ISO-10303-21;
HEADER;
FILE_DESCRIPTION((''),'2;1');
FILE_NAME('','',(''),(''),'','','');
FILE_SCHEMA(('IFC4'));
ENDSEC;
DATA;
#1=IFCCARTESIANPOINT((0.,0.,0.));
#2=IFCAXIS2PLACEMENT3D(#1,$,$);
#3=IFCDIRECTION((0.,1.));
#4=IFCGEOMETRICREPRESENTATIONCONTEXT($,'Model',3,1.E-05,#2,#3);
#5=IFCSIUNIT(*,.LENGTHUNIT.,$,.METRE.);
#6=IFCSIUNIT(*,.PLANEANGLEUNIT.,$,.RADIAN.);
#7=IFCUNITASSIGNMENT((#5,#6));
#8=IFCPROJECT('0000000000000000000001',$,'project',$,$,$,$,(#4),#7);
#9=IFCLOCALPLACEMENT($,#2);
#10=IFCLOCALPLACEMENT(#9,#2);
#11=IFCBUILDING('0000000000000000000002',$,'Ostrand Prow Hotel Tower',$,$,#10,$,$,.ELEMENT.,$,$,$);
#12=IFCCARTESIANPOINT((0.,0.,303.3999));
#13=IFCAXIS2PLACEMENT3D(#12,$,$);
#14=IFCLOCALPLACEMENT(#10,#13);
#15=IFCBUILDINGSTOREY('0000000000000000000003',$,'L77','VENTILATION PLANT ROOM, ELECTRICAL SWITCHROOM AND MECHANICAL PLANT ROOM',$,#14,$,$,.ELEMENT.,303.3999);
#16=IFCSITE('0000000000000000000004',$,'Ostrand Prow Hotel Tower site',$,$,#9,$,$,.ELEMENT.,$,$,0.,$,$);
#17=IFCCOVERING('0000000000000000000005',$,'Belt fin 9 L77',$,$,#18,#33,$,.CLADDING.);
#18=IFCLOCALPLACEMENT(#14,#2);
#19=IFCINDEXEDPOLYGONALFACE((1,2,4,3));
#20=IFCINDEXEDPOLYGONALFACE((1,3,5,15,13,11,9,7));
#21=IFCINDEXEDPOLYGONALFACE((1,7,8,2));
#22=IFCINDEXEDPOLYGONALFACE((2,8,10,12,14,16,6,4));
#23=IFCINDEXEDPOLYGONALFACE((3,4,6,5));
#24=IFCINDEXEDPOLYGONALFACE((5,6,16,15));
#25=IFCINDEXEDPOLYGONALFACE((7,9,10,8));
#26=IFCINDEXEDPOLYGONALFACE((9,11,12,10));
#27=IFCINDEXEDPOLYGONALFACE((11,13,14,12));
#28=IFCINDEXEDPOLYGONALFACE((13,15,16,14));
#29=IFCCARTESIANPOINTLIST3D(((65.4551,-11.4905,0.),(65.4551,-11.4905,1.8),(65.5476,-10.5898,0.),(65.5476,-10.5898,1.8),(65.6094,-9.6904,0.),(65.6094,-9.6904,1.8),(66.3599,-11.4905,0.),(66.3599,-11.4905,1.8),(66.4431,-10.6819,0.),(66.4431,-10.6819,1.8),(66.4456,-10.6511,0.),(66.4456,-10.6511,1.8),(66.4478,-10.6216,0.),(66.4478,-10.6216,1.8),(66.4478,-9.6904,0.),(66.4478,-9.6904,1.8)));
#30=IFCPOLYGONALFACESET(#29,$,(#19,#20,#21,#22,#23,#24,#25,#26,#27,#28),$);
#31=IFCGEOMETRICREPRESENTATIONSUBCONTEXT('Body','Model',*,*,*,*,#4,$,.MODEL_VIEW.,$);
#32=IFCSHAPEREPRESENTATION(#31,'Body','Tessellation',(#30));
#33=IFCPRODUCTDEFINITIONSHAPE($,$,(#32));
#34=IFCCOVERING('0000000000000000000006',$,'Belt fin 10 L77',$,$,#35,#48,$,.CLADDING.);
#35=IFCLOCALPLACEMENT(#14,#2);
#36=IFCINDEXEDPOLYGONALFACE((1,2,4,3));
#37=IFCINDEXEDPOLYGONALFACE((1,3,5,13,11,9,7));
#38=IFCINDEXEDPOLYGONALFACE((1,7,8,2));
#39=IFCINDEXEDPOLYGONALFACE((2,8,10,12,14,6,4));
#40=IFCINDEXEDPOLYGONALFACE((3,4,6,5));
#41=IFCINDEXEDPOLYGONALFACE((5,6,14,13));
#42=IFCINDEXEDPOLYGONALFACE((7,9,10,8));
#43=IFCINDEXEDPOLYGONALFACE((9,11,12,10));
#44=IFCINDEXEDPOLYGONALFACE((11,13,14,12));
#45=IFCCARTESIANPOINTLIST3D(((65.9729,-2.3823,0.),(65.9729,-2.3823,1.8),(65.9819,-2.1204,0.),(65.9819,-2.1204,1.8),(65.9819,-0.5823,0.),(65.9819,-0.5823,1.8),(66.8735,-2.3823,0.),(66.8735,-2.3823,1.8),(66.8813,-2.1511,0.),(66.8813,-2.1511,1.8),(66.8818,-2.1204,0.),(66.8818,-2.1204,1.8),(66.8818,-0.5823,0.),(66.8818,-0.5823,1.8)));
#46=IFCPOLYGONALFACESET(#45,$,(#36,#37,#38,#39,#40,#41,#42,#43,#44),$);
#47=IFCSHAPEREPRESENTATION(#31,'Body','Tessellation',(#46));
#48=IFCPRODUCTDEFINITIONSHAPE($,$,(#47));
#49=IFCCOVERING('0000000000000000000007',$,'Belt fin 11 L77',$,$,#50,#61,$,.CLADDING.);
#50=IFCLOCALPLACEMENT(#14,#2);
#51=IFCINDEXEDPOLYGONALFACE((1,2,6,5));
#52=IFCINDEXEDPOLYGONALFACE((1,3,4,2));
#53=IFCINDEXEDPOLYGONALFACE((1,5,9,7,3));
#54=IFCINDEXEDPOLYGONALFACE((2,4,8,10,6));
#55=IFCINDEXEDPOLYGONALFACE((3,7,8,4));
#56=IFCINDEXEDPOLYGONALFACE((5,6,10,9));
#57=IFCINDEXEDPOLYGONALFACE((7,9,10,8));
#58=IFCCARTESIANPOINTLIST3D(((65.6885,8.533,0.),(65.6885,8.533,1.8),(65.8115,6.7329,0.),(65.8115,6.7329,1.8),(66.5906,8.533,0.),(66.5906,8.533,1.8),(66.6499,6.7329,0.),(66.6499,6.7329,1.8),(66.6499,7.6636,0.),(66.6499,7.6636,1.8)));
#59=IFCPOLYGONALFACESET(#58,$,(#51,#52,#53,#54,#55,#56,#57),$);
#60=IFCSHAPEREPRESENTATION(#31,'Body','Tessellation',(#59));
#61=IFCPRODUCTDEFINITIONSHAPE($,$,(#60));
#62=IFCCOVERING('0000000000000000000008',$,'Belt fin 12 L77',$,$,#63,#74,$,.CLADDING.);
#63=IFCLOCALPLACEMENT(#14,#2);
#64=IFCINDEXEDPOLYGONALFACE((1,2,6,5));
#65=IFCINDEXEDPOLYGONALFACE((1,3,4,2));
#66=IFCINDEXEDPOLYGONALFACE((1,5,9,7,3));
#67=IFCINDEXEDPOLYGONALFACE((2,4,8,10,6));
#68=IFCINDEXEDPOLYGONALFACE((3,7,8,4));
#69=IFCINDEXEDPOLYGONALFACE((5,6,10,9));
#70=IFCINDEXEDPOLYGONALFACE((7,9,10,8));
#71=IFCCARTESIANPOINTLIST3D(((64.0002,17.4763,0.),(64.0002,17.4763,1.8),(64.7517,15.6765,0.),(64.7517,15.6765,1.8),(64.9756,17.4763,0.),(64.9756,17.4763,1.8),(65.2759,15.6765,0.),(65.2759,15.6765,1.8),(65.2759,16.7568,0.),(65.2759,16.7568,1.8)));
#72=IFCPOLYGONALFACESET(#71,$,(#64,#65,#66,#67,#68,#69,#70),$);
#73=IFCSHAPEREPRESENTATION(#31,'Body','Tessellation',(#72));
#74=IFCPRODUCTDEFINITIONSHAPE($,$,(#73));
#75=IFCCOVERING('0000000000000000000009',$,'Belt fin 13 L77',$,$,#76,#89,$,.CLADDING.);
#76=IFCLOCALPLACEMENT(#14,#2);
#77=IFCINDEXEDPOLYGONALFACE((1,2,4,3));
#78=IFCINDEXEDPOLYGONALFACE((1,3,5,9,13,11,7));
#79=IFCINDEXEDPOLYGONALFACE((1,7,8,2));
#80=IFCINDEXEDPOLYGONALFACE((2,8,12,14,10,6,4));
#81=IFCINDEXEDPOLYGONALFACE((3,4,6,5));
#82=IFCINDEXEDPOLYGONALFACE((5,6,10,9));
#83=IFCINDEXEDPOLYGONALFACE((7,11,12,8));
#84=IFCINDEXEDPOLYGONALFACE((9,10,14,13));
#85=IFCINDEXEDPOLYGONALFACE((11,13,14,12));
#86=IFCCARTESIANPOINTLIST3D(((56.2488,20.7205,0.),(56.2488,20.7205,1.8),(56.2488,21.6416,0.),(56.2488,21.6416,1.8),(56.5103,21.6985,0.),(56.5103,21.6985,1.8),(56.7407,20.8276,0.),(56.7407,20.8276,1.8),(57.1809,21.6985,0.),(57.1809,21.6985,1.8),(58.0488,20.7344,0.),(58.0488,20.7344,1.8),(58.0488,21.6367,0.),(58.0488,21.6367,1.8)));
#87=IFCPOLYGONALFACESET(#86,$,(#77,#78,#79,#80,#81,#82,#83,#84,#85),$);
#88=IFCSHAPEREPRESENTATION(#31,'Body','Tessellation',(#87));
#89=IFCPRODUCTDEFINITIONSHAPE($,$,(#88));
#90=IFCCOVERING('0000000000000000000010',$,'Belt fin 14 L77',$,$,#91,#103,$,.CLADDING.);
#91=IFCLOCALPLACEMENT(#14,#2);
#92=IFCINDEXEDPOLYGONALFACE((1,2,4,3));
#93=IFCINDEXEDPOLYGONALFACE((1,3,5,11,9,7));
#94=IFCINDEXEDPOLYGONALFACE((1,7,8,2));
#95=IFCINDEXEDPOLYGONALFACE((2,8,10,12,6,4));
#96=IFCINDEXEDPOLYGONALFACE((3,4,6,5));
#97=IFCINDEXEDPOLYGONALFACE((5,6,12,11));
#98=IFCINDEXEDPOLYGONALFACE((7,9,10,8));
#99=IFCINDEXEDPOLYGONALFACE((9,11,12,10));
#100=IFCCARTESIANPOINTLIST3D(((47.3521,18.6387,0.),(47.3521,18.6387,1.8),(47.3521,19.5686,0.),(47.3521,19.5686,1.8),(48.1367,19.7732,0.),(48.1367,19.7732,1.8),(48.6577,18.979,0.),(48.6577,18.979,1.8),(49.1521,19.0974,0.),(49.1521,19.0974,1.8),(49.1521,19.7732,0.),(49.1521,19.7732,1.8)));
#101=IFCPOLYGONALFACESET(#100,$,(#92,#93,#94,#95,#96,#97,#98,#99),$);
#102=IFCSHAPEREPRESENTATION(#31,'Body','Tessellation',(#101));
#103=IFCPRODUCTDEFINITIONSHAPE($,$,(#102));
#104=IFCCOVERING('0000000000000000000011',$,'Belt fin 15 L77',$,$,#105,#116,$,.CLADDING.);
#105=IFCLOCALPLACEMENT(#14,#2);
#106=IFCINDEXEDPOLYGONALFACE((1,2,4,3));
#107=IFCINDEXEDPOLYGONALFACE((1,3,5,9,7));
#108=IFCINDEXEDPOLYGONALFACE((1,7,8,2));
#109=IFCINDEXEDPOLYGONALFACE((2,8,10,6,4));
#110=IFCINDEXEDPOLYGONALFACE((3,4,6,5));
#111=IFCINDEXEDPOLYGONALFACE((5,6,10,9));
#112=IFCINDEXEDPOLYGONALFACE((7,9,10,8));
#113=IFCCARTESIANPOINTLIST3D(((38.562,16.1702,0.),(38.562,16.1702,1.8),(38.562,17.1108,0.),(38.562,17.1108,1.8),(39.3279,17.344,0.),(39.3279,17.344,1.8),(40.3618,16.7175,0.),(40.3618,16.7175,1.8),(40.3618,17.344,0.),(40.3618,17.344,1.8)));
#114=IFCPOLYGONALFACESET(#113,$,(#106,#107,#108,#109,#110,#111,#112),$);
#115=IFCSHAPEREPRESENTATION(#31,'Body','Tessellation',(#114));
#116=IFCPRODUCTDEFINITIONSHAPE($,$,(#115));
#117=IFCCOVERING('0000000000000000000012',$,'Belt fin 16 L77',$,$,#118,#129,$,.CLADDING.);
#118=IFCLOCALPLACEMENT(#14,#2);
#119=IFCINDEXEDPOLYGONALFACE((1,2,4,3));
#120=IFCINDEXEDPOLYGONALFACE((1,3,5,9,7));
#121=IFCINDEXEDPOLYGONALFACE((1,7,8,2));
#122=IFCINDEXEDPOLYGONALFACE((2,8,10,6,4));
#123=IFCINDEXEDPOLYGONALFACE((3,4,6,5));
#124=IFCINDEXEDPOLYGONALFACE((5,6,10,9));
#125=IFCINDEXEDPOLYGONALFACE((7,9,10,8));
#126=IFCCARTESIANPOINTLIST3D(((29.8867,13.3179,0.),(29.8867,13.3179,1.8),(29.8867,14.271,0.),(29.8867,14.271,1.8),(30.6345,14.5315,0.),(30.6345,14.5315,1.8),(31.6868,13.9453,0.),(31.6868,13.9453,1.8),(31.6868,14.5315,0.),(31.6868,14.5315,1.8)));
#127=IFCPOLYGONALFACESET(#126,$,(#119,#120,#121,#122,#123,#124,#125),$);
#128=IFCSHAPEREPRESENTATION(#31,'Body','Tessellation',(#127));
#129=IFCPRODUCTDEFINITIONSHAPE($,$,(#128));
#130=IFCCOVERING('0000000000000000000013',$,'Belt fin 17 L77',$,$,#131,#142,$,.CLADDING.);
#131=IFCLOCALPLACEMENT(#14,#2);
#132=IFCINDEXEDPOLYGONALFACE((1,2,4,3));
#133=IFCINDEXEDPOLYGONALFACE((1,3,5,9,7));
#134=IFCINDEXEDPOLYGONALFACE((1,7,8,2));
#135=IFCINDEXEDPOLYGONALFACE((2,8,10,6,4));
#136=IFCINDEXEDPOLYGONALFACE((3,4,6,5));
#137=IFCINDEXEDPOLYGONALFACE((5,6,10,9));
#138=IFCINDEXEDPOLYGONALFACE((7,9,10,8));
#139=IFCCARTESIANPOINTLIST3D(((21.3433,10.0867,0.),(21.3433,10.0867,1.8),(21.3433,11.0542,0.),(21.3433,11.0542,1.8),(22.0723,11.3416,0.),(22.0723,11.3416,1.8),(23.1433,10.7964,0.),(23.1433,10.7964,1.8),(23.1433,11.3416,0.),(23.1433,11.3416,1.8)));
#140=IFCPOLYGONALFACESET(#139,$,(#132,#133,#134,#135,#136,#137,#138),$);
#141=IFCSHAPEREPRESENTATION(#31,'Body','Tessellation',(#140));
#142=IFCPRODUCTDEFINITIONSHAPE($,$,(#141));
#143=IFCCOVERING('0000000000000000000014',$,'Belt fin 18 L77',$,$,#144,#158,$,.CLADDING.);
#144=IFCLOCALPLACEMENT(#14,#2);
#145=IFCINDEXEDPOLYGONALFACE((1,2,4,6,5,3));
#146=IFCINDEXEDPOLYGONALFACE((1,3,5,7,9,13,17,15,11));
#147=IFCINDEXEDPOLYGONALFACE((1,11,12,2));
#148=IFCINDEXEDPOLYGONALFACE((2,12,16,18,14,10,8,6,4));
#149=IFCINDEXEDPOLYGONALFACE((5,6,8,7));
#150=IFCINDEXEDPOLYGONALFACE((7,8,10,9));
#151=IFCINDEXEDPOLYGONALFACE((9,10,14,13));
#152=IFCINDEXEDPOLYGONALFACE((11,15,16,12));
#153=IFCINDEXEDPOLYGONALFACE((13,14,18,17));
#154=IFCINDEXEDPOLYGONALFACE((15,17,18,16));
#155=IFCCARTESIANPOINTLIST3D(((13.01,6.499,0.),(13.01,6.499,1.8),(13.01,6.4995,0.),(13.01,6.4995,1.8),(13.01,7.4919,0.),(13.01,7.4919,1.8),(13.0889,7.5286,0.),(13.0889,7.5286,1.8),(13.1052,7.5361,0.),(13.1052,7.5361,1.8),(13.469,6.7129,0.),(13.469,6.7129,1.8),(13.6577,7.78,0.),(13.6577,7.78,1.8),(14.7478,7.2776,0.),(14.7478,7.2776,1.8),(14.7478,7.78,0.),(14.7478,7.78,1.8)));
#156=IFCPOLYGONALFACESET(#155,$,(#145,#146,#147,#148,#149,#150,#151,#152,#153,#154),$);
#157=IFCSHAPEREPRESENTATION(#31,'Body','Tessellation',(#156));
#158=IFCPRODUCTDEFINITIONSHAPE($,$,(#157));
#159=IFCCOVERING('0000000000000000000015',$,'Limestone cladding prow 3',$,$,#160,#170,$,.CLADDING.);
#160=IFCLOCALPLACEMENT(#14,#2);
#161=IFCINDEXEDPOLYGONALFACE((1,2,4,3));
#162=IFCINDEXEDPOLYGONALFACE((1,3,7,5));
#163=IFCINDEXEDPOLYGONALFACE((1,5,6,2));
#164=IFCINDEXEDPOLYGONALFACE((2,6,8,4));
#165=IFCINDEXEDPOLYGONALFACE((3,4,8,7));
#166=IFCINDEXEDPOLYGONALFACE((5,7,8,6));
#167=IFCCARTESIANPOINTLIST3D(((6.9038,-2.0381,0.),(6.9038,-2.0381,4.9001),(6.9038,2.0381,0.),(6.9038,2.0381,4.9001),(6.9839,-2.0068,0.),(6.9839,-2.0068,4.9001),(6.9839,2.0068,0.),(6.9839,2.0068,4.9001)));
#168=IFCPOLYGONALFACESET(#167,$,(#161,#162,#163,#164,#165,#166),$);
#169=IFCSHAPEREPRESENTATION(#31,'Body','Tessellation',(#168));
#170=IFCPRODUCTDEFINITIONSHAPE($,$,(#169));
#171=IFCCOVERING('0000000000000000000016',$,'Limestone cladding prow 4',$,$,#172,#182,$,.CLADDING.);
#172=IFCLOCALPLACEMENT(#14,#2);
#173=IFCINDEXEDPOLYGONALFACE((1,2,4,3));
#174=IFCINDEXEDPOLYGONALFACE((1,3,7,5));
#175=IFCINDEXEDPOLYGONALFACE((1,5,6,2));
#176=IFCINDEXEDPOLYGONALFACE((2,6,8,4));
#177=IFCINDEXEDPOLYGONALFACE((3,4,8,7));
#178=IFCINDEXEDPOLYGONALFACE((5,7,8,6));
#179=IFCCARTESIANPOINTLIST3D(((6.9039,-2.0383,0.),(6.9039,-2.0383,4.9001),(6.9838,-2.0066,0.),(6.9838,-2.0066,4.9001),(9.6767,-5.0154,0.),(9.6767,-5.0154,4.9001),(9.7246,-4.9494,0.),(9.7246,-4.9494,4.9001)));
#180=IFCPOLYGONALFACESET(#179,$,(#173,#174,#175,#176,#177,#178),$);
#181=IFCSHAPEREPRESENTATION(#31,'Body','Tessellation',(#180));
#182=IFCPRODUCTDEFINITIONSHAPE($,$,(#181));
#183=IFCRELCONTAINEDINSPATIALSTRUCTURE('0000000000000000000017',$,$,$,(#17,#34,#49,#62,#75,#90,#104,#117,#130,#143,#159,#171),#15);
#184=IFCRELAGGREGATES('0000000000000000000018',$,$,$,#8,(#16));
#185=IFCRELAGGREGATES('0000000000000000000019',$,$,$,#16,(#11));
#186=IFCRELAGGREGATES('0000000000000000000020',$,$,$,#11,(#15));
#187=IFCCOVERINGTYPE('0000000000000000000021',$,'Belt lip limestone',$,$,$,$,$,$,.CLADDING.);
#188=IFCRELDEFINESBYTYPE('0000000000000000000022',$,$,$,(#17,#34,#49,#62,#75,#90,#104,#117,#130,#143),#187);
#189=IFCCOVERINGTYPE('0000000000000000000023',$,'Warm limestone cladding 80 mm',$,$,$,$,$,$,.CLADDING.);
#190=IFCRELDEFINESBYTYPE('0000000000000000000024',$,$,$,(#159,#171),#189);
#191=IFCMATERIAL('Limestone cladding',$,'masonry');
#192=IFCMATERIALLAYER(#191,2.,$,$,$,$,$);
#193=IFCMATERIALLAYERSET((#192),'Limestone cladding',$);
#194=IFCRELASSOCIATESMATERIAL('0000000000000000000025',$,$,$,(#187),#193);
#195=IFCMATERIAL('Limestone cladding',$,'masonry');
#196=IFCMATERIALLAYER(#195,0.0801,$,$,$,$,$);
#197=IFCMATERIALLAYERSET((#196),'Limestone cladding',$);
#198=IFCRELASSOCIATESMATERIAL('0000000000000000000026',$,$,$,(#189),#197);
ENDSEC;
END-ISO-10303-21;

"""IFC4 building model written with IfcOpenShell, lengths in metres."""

from ifc_helpers import new_model, si_unit, direction, frame, origin, place, context, subcontext, project, spatial, polyline, outline, extrude, material, layer, layer_set, type_object, element, save


model = new_model("IFC4")

# Units and contexts
model_context = context("Model", 3, precision=1e-05, world=origin(), true_north=direction((0.0, 1.0)))
body_context = subcontext(model_context, "Body", "Model", "MODEL_VIEW")
ifc_project = project(units=[si_unit("LENGTHUNIT", "METRE"), si_unit("PLANEANGLEUNIT", "RADIAN")], contexts=[model_context])

# Site, building, storey
site_placement = place(None, origin())
site = spatial("IfcSite", under=ifc_project, at=site_placement, Name="Ostrand Prow Hotel Tower site", CompositionType="ELEMENT", RefElevation=0.0)
building_placement = place(site_placement, origin())
building = spatial("IfcBuilding", under=site, at=building_placement, Name="Ostrand Prow Hotel Tower", CompositionType="ELEMENT")
storey_placement = place(building_placement, frame((0.0, 0.0, 303.3999)))
storey = spatial("IfcBuildingStorey", under=building, at=storey_placement, Name="L77", Description="VENTILATION PLANT ROOM, ELECTRICAL SWITCHROOM AND MECHANICAL PLANT ROOM", CompositionType="ELEMENT", Elevation=303.3999)

# Coverings
ifc_material_1 = material(Name="Limestone cladding", Category="masonry")
ifc_layer_1 = layer(ifc_material_1, 2.0)
ifc_layer_set_1 = layer_set([ifc_layer_1], Name="Limestone cladding")
covering_type_1 = type_object("IfcCoveringType", Name="Belt lip limestone", PredefinedType="CLADDING", material=ifc_layer_set_1)
covering_1_placement = place(storey_placement, origin())
element("IfcCovering", 1, at=covering_1_placement, inside=storey, type_object=covering_type_1, Name="Belt fin 9 L77", PredefinedType="CLADDING", context=body_context, shape_type="SweptSolid", body=[
    extrude(outline(polyline([(66.4456, -10.6511), (66.4478, -10.6216), (66.4478, -9.6904), (65.6094, -9.6904), (65.5476, -10.5898), (65.4551, -11.4905), (66.3599, -11.4905), (66.4431, -10.6819), (66.4456, -10.6511)])), origin(), (0.0, 0.0, 1.0), 1.8),
])
covering_2_placement = place(storey_placement, origin())
element("IfcCovering", 2, at=covering_2_placement, inside=storey, type_object=covering_type_1, Name="Belt fin 10 L77", PredefinedType="CLADDING", context=body_context, shape_type="SweptSolid", body=[
    extrude(outline(polyline([(66.8818, -2.1204), (66.8818, -0.5823), (65.9819, -0.5823), (65.9819, -2.1204), (65.9729, -2.3823), (66.8735, -2.3823), (66.8813, -2.1511), (66.8818, -2.1204)])), origin(), (0.0, 0.0, 1.0), 1.8),
])
covering_3_placement = place(storey_placement, origin())
element("IfcCovering", 3, at=covering_3_placement, inside=storey, type_object=covering_type_1, Name="Belt fin 11 L77", PredefinedType="CLADDING", context=body_context, shape_type="SweptSolid", body=[
    extrude(outline(polyline([(66.6499, 7.6636), (66.5906, 8.533), (65.6885, 8.533), (65.8115, 6.7329), (66.6499, 6.7329), (66.6499, 7.6636)])), origin(), (0.0, 0.0, 1.0), 1.8),
])
covering_4_placement = place(storey_placement, origin())
element("IfcCovering", 4, at=covering_4_placement, inside=storey, type_object=covering_type_1, Name="Belt fin 12 L77", PredefinedType="CLADDING", context=body_context, shape_type="SweptSolid", body=[
    extrude(outline(polyline([(65.2759, 16.7568), (64.9756, 17.4763), (64.0002, 17.4763), (64.7517, 15.6765), (65.2759, 15.6765), (65.2759, 16.7568)])), origin(), (0.0, 0.0, 1.0), 1.8),
])
covering_5_placement = place(storey_placement, origin())
element("IfcCovering", 5, at=covering_5_placement, inside=storey, type_object=covering_type_1, Name="Belt fin 13 L77", PredefinedType="CLADDING", context=body_context, shape_type="SweptSolid", body=[
    extrude(outline(polyline([(56.5103, 21.6985), (56.2488, 21.6416), (56.2488, 20.7205), (56.7407, 20.8276), (58.0488, 20.7344), (58.0488, 21.6367), (57.1809, 21.6985), (56.5103, 21.6985)])), origin(), (0.0, 0.0, 1.0), 1.8),
])
covering_6_placement = place(storey_placement, origin())
element("IfcCovering", 6, at=covering_6_placement, inside=storey, type_object=covering_type_1, Name="Belt fin 14 L77", PredefinedType="CLADDING", context=body_context, shape_type="SweptSolid", body=[
    extrude(outline(polyline([(48.6577, 18.979), (49.1521, 19.0974), (49.1521, 19.7732), (48.1367, 19.7732), (47.3521, 19.5686), (47.3521, 18.6387), (48.6577, 18.979)])), origin(), (0.0, 0.0, 1.0), 1.8),
])
covering_7_placement = place(storey_placement, origin())
element("IfcCovering", 7, at=covering_7_placement, inside=storey, type_object=covering_type_1, Name="Belt fin 15 L77", PredefinedType="CLADDING", context=body_context, shape_type="SweptSolid", body=[
    extrude(outline(polyline([(39.3279, 17.344), (38.562, 17.1108), (38.562, 16.1702), (40.3618, 16.7175), (40.3618, 17.344), (39.3279, 17.344)])), origin(), (0.0, 0.0, 1.0), 1.8),
])
covering_8_placement = place(storey_placement, origin())
element("IfcCovering", 8, at=covering_8_placement, inside=storey, type_object=covering_type_1, Name="Belt fin 16 L77", PredefinedType="CLADDING", context=body_context, shape_type="SweptSolid", body=[
    extrude(outline(polyline([(30.6345, 14.5315), (29.8867, 14.271), (29.8867, 13.3179), (31.6868, 13.9453), (31.6868, 14.5315), (30.6345, 14.5315)])), origin(), (0.0, 0.0, 1.0), 1.8),
])
covering_9_placement = place(storey_placement, origin())
element("IfcCovering", 9, at=covering_9_placement, inside=storey, type_object=covering_type_1, Name="Belt fin 17 L77", PredefinedType="CLADDING", context=body_context, shape_type="SweptSolid", body=[
    extrude(outline(polyline([(22.0723, 11.3416), (21.3433, 11.0542), (21.3433, 10.0867), (23.1433, 10.7964), (23.1433, 11.3416), (22.0723, 11.3416)])), origin(), (0.0, 0.0, 1.0), 1.8),
])
covering_10_placement = place(storey_placement, origin())
element("IfcCovering", 10, at=covering_10_placement, inside=storey, type_object=covering_type_1, Name="Belt fin 18 L77", PredefinedType="CLADDING", context=body_context, shape_type="SweptSolid", body=[
    extrude(outline(polyline([(13.6577, 7.78), (13.1052, 7.5361), (13.0889, 7.5286), (13.01, 7.4919), (13.01, 6.4995), (13.01, 6.499), (13.469, 6.7129), (14.7478, 7.2776), (14.7478, 7.78), (13.6577, 7.78)])), origin(), (0.0, 0.0, 1.0), 1.8),
])
ifc_material_2 = material(Name="Limestone cladding", Category="masonry")
ifc_layer_2 = layer(ifc_material_2, 0.0801)
ifc_layer_set_2 = layer_set([ifc_layer_2], Name="Limestone cladding")
covering_type_2 = type_object("IfcCoveringType", Name="Warm limestone cladding 80 mm", PredefinedType="CLADDING", material=ifc_layer_set_2)
covering_11_placement = place(storey_placement, frame((6.9438, 2.0225, 0.0), z_axis=(0.0, 0.0, 1.0), x_axis=(0.0, -1.0, 0.0)))
element("IfcCovering", 11, at=covering_11_placement, inside=storey, type_object=covering_type_2, Name="Limestone cladding prow 3", PredefinedType="CLADDING", context=body_context, shape_type="SweptSolid", body=[
    extrude(outline(polyline([(-0.0156, -0.04), (4.0605, -0.04), (4.0293, 0.04), (0.0156, 0.04), (-0.0156, -0.04)])), origin(), (0.0, 0.0, 1.0), 4.9001),
])
covering_12_placement = place(storey_placement, frame((6.9438, -2.0225, 0.0), z_axis=(0.0, 0.0, 1.0), x_axis=(0.681552, -0.731769, 0.0)))
element("IfcCovering", 12, at=covering_12_placement, inside=storey, type_object=covering_type_2, Name="Limestone cladding prow 4", PredefinedType="CLADDING", context=body_context, shape_type="SweptSolid", body=[
    extrude(outline(polyline([(-0.0156, -0.04), (4.0527, -0.04), (4.0371, 0.04), (0.0156, 0.04), (-0.0156, -0.04)])), origin(), (0.0, 0.0, 1.0), 4.9001),
])

save(model, "model.ifc")
